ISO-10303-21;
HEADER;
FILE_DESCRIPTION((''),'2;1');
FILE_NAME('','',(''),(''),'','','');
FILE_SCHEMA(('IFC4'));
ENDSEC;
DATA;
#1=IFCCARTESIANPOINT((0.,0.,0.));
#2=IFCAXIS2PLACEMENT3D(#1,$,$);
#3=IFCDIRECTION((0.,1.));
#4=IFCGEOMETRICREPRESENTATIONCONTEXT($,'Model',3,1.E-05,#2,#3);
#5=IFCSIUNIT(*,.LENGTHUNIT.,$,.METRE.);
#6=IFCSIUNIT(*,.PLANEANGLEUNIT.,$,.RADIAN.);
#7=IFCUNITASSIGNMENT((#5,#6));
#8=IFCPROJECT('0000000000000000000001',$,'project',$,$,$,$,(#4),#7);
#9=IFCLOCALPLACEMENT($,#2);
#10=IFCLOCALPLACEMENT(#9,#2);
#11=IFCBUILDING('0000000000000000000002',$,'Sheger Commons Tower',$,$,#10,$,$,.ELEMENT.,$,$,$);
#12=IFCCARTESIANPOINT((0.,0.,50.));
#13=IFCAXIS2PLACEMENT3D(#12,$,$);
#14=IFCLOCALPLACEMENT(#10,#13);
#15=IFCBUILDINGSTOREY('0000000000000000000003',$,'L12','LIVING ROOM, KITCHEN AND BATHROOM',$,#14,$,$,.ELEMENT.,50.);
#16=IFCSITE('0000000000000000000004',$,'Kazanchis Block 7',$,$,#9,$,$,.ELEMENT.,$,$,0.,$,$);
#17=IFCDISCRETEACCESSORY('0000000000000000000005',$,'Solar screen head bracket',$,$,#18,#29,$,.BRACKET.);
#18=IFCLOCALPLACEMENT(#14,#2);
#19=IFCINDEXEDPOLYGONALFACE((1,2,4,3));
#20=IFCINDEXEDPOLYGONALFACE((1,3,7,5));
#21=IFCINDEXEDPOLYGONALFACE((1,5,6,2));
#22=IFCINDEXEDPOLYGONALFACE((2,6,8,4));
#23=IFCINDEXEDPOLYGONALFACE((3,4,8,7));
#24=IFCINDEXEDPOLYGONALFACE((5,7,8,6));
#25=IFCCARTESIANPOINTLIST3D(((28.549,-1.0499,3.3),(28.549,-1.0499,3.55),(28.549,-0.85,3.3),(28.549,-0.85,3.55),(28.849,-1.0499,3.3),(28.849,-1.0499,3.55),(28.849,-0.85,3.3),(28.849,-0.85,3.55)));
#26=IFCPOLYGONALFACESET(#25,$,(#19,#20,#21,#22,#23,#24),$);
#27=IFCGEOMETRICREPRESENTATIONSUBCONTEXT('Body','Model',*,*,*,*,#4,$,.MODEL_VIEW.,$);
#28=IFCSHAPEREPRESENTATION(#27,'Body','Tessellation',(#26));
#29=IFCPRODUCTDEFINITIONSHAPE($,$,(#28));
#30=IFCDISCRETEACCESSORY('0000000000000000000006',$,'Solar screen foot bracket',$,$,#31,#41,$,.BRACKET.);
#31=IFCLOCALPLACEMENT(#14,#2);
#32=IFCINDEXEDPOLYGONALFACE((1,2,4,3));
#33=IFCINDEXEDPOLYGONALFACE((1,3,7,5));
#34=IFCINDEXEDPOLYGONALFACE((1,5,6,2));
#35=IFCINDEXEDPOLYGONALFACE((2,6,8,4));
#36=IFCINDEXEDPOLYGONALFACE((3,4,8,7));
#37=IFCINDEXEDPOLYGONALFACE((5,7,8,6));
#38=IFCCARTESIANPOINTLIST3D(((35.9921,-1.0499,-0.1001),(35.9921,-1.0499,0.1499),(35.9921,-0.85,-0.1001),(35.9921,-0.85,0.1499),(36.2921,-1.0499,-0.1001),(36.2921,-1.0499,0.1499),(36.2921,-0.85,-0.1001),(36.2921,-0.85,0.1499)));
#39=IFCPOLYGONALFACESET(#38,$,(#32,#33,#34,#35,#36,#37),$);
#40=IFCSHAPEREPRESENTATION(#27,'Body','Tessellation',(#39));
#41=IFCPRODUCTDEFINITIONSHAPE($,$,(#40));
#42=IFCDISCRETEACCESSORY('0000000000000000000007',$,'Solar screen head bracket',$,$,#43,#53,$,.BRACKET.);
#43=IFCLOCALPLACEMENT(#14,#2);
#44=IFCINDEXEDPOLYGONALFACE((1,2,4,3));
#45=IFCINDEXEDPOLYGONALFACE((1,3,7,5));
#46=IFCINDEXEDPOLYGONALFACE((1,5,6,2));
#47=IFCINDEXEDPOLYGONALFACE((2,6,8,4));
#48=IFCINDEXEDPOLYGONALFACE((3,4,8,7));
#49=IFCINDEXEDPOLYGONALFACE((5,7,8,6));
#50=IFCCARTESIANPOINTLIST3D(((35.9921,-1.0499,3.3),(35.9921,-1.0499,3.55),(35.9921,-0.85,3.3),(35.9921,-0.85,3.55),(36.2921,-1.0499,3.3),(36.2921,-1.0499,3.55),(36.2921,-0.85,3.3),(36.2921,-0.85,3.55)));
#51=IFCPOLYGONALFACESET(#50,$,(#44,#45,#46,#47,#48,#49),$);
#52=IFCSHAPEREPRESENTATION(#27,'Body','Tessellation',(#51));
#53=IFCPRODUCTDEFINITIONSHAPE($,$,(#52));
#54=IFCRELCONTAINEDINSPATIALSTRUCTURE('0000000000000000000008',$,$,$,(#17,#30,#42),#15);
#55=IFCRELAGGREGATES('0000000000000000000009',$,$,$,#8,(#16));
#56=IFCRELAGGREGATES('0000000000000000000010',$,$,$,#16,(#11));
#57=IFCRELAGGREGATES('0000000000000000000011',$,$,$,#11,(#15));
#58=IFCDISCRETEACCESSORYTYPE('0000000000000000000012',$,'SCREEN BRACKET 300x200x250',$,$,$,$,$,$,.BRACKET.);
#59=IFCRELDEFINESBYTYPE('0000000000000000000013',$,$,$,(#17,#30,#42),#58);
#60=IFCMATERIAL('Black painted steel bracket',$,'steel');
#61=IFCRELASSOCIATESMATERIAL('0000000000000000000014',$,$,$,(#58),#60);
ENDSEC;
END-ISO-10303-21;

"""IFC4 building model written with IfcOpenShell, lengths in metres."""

from ifc_helpers import new_model, si_unit, direction, frame, origin, origin_2d, place, context, subcontext, project, spatial, rectangle, extrude, material, type_object, element, save


model = new_model("IFC4")

# Units and contexts
model_context = context("Model", 3, precision=1e-05, world=origin(), true_north=direction((0.0, 1.0)))
body_context = subcontext(model_context, "Body", "Model", "MODEL_VIEW")
ifc_project = project(units=[si_unit("LENGTHUNIT", "METRE"), si_unit("PLANEANGLEUNIT", "RADIAN")], contexts=[model_context])

# Site, building, storey
site_placement = place(None, origin())
site = spatial("IfcSite", under=ifc_project, at=site_placement, Name="Kazanchis Block 7", CompositionType="ELEMENT", RefElevation=0.0)
building_placement = place(site_placement, origin())
building = spatial("IfcBuilding", under=site, at=building_placement, Name="Sheger Commons Tower", CompositionType="ELEMENT")
storey_placement = place(building_placement, frame((0.0, 0.0, 50.0)))
storey = spatial("IfcBuildingStorey", under=building, at=storey_placement, Name="L12", Description="LIVING ROOM, KITCHEN AND BATHROOM", CompositionType="ELEMENT", Elevation=50.0)

# Discrete accessories
ifc_material_1 = material(Name="Black painted steel bracket", Category="steel")
discrete_accessory_type = type_object("IfcDiscreteAccessoryType", Name="SCREEN BRACKET 300x200x250", PredefinedType="BRACKET", material=ifc_material_1)
for number, where, z_axis, x_axis, name in (
    (1, (28.699, -0.95, 3.3), (0.0, 0.0, 1.0), (1.0, 0.0, 0.0), "Solar screen head bracket"),
    (2, (36.1421, -0.95, -0.1001), (0.0, 0.0, 1.0), (1.0, 0.0, 0.0), "Solar screen foot bracket"),
    (3, (36.1421, -0.95, 3.3), (0.0, 0.0, 1.0), (1.0, 0.0, 0.0), "Solar screen head bracket"),
):
    element("IfcDiscreteAccessory", number, at=place(storey_placement, frame(where, z_axis=z_axis, x_axis=x_axis)), inside=storey, type_object=discrete_accessory_type, Name=name, PredefinedType="BRACKET", context=body_context, shape_type="SweptSolid", body=[
        extrude(rectangle(XDim=0.3, YDim=0.2, at=origin_2d()), origin(), (0.0, 0.0, 1.0), 0.25),
    ])

save(model, "model.ifc")
